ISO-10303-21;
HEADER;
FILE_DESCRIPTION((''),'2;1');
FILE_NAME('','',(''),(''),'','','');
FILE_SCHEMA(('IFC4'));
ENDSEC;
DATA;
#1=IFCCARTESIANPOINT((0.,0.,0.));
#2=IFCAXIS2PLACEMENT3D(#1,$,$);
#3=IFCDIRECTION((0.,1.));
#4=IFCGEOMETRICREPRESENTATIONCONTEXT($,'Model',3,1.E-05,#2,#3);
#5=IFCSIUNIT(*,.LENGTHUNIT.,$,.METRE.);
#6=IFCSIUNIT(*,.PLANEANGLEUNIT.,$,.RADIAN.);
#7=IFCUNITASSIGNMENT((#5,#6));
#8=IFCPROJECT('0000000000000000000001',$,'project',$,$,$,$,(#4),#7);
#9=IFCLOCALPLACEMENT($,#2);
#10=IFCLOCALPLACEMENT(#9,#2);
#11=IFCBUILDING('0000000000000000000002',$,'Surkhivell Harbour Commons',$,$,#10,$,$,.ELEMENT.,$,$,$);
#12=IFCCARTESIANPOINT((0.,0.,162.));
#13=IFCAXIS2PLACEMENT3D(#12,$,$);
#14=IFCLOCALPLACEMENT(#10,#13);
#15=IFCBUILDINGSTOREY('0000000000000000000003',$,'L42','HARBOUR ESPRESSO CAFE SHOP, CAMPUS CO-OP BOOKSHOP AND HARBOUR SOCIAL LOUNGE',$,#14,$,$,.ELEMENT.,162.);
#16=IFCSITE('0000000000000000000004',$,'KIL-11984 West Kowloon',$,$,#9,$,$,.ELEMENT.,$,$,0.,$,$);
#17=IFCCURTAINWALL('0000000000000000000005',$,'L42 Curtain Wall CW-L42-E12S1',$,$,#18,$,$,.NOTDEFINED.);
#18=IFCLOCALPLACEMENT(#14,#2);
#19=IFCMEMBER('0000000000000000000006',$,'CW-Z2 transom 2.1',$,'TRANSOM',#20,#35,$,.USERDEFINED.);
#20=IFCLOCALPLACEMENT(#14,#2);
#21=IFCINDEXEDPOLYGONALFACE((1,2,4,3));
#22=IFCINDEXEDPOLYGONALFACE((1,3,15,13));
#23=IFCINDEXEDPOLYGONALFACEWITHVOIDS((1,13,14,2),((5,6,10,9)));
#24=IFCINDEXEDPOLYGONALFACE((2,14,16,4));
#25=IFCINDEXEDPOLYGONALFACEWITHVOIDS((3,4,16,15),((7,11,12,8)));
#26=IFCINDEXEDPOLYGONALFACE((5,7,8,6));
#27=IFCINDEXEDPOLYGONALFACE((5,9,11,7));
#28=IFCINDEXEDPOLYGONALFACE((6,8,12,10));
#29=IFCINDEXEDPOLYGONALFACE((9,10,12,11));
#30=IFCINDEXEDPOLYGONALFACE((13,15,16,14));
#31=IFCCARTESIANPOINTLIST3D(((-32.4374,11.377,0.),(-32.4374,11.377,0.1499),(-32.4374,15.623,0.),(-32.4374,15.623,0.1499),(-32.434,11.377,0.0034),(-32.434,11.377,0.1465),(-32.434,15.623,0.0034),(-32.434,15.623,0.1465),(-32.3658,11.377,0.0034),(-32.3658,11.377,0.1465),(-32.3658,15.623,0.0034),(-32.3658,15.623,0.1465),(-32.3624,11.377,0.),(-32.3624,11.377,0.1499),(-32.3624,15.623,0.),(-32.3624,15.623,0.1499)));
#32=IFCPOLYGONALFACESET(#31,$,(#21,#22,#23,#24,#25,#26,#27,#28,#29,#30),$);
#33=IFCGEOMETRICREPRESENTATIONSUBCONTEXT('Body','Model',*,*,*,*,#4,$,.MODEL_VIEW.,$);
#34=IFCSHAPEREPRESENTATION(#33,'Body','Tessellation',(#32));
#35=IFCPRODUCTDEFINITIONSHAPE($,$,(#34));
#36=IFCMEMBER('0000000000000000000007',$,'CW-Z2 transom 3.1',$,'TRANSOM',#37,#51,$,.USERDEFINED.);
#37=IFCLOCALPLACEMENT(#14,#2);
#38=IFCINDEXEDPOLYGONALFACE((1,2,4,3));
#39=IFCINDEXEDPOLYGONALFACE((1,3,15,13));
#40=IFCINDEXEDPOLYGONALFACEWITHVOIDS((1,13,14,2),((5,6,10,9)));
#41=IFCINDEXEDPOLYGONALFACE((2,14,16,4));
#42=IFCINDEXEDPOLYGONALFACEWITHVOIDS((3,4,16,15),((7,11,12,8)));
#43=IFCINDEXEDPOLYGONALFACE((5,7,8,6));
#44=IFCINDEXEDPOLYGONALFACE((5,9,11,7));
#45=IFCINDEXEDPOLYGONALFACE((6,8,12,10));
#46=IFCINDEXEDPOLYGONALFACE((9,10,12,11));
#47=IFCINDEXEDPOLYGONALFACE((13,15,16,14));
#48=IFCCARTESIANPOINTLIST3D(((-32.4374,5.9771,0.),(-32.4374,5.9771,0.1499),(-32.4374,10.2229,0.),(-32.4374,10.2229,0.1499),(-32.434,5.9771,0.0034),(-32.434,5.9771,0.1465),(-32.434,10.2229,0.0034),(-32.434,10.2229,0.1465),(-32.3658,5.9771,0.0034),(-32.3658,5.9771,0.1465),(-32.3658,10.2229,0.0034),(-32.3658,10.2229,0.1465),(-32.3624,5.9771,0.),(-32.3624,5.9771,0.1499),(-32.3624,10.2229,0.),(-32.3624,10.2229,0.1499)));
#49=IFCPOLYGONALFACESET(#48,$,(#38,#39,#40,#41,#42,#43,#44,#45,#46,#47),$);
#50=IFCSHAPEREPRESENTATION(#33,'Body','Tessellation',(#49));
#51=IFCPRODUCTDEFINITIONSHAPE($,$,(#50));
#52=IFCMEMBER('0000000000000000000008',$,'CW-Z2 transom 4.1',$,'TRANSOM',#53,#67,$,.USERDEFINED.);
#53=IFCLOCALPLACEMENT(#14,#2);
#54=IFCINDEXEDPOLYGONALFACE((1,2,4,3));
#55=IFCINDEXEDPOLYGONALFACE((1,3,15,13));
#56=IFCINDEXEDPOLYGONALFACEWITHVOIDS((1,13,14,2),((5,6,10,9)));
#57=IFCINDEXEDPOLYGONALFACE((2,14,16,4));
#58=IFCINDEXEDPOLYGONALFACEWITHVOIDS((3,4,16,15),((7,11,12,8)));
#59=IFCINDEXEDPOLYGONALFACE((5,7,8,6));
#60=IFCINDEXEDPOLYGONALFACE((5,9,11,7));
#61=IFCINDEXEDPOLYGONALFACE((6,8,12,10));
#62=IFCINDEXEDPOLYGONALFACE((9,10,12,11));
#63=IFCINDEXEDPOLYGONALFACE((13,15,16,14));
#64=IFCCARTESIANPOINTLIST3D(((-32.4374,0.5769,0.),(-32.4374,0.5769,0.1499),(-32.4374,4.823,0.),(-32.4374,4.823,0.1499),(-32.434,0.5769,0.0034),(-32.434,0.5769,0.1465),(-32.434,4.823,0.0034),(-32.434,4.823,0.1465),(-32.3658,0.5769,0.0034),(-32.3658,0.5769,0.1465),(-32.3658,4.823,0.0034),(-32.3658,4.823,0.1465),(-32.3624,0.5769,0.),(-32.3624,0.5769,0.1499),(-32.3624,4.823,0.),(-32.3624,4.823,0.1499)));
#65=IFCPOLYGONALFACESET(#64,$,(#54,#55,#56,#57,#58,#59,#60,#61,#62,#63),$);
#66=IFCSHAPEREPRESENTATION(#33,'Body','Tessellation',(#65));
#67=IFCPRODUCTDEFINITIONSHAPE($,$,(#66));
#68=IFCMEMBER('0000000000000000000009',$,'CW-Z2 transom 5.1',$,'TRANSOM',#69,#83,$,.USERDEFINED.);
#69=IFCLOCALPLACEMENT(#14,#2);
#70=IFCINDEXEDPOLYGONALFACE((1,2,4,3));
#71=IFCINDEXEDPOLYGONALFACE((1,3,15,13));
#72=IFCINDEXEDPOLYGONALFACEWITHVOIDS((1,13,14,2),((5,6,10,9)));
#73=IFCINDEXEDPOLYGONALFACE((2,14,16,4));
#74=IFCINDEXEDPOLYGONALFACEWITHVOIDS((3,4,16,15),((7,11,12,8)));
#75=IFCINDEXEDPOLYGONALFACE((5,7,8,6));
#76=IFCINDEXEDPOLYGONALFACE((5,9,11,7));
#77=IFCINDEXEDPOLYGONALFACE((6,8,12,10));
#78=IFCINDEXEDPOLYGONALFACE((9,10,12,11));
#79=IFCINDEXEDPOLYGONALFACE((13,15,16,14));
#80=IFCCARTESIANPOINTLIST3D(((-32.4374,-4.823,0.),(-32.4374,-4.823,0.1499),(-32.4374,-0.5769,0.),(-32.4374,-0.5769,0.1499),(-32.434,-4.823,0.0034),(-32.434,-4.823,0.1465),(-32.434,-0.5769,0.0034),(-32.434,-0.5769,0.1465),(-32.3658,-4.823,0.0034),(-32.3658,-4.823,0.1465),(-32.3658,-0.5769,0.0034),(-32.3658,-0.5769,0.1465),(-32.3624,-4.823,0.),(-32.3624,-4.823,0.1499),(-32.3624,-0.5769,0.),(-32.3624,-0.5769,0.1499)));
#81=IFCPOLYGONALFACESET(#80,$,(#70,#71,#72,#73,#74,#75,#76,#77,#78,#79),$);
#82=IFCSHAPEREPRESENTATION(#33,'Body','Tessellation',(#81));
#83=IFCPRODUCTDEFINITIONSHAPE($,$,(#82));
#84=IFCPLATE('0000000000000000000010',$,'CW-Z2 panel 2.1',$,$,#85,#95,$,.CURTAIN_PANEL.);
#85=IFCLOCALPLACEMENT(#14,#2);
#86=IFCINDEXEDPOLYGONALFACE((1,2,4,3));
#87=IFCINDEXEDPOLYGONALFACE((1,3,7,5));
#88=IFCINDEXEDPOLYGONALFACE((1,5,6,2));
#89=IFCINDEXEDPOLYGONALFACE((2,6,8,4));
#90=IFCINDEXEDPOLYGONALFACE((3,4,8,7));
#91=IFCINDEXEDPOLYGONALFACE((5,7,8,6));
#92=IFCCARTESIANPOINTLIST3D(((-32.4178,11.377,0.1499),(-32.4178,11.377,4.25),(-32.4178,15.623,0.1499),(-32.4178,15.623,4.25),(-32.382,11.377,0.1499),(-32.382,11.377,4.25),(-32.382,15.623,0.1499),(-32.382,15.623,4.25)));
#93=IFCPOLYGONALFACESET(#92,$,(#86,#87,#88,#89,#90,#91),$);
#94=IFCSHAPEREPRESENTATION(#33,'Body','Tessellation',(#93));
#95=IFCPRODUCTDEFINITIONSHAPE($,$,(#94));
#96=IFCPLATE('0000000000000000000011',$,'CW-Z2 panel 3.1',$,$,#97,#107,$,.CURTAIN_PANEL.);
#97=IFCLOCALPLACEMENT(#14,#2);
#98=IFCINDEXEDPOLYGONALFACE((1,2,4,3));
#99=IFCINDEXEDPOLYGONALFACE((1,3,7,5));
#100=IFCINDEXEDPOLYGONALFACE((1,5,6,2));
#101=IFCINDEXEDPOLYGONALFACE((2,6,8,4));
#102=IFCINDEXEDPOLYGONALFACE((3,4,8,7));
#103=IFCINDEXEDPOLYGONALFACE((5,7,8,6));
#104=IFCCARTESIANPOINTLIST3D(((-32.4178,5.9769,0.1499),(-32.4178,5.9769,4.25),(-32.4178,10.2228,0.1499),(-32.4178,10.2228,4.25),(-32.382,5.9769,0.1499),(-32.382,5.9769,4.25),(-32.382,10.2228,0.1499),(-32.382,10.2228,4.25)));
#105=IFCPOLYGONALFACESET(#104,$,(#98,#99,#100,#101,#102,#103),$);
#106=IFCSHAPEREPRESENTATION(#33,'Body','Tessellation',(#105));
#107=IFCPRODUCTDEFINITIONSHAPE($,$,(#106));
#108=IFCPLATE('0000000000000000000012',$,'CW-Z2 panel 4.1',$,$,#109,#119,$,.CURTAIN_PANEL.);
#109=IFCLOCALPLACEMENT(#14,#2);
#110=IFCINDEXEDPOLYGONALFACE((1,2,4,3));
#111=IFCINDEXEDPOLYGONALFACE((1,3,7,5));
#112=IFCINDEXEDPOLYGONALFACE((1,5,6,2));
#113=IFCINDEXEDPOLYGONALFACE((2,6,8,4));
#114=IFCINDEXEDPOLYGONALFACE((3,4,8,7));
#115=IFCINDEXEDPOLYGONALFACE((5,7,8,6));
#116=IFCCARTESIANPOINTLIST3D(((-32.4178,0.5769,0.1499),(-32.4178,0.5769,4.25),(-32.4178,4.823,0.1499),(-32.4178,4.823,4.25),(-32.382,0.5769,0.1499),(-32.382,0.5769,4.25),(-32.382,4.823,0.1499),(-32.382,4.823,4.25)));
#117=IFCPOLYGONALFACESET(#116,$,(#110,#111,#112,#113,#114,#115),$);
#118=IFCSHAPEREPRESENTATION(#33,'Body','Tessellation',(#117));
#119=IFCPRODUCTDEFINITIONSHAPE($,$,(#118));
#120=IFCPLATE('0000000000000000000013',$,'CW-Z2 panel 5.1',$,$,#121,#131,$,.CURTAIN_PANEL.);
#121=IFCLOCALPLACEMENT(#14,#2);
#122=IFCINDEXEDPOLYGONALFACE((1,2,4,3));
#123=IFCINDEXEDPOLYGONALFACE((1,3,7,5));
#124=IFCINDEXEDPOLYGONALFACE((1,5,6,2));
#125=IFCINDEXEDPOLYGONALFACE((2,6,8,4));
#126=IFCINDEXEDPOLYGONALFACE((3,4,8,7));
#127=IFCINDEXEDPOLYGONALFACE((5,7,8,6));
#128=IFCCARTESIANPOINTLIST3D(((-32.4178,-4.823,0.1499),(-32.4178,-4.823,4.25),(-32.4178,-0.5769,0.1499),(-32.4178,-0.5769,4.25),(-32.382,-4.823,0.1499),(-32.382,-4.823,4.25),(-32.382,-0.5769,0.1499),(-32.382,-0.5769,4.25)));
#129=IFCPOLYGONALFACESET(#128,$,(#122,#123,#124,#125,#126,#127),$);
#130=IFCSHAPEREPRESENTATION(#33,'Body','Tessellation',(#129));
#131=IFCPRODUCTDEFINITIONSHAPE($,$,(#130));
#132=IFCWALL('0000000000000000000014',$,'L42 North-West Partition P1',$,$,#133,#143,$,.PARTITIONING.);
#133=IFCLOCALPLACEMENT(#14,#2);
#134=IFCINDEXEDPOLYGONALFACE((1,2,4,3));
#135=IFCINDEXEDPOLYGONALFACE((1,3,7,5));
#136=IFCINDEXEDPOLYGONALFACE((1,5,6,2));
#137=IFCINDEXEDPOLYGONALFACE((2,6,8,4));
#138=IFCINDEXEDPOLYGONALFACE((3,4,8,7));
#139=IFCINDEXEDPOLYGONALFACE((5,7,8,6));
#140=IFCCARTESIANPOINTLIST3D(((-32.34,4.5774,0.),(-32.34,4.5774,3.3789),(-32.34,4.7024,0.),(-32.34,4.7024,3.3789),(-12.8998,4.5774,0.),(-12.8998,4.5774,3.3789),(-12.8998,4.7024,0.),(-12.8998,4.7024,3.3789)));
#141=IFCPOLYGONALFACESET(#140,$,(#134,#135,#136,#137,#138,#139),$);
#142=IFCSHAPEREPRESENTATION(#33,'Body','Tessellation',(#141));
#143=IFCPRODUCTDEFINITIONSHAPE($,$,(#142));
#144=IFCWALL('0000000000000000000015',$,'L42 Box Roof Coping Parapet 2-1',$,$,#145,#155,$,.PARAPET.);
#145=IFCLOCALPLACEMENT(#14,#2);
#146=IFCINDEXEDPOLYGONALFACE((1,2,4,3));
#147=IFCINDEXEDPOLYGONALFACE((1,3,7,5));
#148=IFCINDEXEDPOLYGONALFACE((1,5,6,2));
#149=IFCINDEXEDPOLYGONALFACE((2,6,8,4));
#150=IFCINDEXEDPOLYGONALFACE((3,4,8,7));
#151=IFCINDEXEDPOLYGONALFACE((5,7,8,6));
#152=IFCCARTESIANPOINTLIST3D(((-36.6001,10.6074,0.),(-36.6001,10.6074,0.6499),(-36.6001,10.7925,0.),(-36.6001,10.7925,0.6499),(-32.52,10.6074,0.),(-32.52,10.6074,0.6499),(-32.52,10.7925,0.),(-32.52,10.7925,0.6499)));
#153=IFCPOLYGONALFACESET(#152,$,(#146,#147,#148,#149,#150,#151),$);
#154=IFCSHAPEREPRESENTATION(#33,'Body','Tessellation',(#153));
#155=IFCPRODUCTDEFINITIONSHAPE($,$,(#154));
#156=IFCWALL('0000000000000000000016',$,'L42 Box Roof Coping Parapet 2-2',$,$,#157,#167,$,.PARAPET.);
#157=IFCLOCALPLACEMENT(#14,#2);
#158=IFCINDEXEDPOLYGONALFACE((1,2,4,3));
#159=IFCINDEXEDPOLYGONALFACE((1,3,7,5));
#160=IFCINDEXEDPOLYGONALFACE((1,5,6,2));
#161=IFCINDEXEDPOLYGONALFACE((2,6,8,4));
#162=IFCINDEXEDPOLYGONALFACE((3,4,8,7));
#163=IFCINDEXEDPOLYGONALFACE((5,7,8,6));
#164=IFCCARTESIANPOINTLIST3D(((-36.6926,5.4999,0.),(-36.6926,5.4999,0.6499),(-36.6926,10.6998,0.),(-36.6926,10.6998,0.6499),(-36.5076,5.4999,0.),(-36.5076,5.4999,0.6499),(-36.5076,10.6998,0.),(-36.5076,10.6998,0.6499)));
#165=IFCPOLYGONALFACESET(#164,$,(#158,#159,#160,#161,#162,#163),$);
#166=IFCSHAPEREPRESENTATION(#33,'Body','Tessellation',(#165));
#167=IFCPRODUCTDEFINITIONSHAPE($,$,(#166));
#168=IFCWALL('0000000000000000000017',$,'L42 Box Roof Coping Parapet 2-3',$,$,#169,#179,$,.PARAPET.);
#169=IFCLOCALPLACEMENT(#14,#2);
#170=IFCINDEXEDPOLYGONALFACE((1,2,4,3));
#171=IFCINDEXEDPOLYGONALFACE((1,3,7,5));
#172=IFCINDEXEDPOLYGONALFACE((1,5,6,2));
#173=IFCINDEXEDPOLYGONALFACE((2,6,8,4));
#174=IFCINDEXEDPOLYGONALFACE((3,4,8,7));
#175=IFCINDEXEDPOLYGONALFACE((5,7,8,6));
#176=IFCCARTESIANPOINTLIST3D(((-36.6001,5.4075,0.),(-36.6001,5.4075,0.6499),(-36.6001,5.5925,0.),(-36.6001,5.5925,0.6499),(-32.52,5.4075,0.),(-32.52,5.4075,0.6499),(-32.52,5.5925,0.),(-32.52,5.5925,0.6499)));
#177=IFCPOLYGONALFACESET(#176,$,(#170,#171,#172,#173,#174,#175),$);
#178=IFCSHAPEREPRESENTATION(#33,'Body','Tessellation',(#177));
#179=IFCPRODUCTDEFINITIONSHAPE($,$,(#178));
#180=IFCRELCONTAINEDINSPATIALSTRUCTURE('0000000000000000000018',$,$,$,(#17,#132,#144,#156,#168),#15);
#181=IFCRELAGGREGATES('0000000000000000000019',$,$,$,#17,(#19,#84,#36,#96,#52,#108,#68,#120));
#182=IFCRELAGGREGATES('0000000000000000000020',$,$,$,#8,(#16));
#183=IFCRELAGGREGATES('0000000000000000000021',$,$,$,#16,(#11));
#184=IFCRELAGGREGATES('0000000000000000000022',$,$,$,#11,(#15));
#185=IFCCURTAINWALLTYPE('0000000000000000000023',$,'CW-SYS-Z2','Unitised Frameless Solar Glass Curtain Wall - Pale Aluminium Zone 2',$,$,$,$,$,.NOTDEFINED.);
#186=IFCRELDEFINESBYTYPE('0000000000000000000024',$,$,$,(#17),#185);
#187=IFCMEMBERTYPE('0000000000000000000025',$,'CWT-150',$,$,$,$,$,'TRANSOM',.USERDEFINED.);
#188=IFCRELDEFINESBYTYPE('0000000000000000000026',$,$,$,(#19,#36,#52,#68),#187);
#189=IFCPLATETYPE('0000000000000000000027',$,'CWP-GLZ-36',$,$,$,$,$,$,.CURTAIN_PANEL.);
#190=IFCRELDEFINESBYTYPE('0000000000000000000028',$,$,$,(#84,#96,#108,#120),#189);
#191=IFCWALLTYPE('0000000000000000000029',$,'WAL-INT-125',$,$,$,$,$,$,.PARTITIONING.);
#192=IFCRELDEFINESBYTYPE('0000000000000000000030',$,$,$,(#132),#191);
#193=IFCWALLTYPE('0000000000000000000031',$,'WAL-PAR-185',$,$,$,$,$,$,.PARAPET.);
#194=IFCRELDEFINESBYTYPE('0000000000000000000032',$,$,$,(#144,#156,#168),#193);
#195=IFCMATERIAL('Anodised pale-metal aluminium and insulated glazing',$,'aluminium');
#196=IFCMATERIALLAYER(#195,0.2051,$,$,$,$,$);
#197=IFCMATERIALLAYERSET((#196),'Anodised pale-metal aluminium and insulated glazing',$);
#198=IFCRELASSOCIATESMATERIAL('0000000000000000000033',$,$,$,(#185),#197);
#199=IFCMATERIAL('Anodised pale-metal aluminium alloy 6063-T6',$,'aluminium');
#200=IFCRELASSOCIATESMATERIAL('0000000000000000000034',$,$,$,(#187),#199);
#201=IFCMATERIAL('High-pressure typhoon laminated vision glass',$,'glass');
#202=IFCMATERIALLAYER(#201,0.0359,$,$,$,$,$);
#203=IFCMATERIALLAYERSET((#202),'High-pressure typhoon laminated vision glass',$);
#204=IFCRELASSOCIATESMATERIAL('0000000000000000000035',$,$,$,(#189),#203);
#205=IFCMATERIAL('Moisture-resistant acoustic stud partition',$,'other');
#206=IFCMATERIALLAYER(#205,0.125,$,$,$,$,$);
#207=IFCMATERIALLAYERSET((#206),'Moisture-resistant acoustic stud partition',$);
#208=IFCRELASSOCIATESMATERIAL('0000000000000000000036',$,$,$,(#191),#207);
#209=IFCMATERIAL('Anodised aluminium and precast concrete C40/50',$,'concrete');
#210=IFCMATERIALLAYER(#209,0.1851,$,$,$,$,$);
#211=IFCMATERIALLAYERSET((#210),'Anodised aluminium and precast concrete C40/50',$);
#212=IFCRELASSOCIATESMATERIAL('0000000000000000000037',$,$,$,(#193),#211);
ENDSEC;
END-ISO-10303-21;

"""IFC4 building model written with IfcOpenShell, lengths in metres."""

from ifc_helpers import new_model, si_unit, direction, frame, frame_2d, origin, origin_2d, place, context, subcontext, project, spatial, rectangle, hollow_rectangle, extrude, material, layer, layer_set, material_profile, profile_set, type_object, element, aggregate, save


model = new_model("IFC4")

# Units and contexts
model_context = context("Model", 3, precision=1e-05, world=origin(), true_north=direction((0.0, 1.0)))
body_context = subcontext(model_context, "Body", "Model", "MODEL_VIEW")
ifc_project = project(units=[si_unit("LENGTHUNIT", "METRE"), si_unit("PLANEANGLEUNIT", "RADIAN")], contexts=[model_context])

# Site, building, storey
site_placement = place(None, origin())
site = spatial("IfcSite", under=ifc_project, at=site_placement, Name="KIL-11984 West Kowloon", CompositionType="ELEMENT", RefElevation=0.0)
building_placement = place(site_placement, origin())
building = spatial("IfcBuilding", under=site, at=building_placement, Name="Surkhivell Harbour Commons", CompositionType="ELEMENT")
storey_placement = place(building_placement, frame((0.0, 0.0, 162.0)))
storey = spatial("IfcBuildingStorey", under=building, at=storey_placement, Name="L42", Description="HARBOUR ESPRESSO CAFE SHOP, CAMPUS CO-OP BOOKSHOP AND HARBOUR SOCIAL LOUNGE", CompositionType="ELEMENT", Elevation=162.0)

# Curtain wall, members, plates
ifc_material_1 = material(Name="Anodised pale-metal aluminium and insulated glazing", Category="aluminium")
ifc_layer_1 = layer(ifc_material_1, 0.2051)
ifc_layer_set_1 = layer_set([ifc_layer_1], Name="Anodised pale-metal aluminium and insulated glazing")
curtain_wall_type = type_object("IfcCurtainWallType", Name="CW-SYS-Z2", Description="Unitised Frameless Solar Glass Curtain Wall - Pale Aluminium Zone 2", PredefinedType="NOTDEFINED", material=ifc_layer_set_1)
curtain_wall_placement = place(storey_placement, origin())
curtain_wall = element("IfcCurtainWall", 1, at=curtain_wall_placement, inside=storey, type_object=curtain_wall_type, Name="L42 Curtain Wall CW-L42-E12S1", PredefinedType="NOTDEFINED")
ifc_material_2 = material(Name="Anodised pale-metal aluminium alloy 6063-T6", Category="aluminium")
ifc_material_profile_1 = material_profile(ifc_material_2, hollow_rectangle(XDim=0.075, YDim=0.1499, WallThickness=0.0034, at=origin_2d()), Name="ALU-TRAN-75x150")
ifc_profile_set_1 = profile_set([ifc_material_profile_1], Name="Anodised pale-metal aluminium alloy 6063-T6")
member_type_1 = type_object("IfcMemberType", Name="CWT-150", ElementType="TRANSOM", PredefinedType="USERDEFINED", material=ifc_profile_set_1)
member_1_placement = place(storey_placement, frame((-32.3999, 15.623, 0.075), z_axis=(0.0, -1.0, 0.0), x_axis=(1.0, 0.0, 0.0)))
member_1 = element("IfcMember", 2, at=member_1_placement, type_object=member_type_1, Name="CW-Z2 transom 2.1", ObjectType="TRANSOM", PredefinedType="USERDEFINED", context=body_context, shape_type="SweptSolid", body=[
    extrude(hollow_rectangle(XDim=0.075, YDim=0.1499, WallThickness=0.0034, at=origin_2d()), origin(), (0.0, 0.0, 1.0), 4.2461),
])
member_2_placement = place(storey_placement, frame((-32.3999, 10.2229, 0.075), z_axis=(0.0, -1.0, 0.0), x_axis=(1.0, 0.0, 0.0)))
member_2 = element("IfcMember", 3, at=member_2_placement, type_object=member_type_1, Name="CW-Z2 transom 3.1", ObjectType="TRANSOM", PredefinedType="USERDEFINED", context=body_context, shape_type="SweptSolid", body=[
    extrude(hollow_rectangle(XDim=0.075, YDim=0.1499, WallThickness=0.0034, at=origin_2d()), origin(), (0.0, 0.0, 1.0), 4.2458),
])
member_3_placement = place(storey_placement, frame((-32.3999, 4.823, 0.075), z_axis=(0.0, -1.0, 0.0), x_axis=(1.0, 0.0, 0.0)))
member_3 = element("IfcMember", 4, at=member_3_placement, type_object=member_type_1, Name="CW-Z2 transom 4.1", ObjectType="TRANSOM", PredefinedType="USERDEFINED", context=body_context, shape_type="SweptSolid", body=[
    extrude(hollow_rectangle(XDim=0.075, YDim=0.1499, WallThickness=0.0034, at=origin_2d()), origin(), (0.0, 0.0, 1.0), 4.2461),
])
member_4_placement = place(storey_placement, frame((-32.3999, -0.5769, 0.075), z_axis=(0.0, -1.0, 0.0), x_axis=(1.0, 0.0, 0.0)))
member_4 = element("IfcMember", 5, at=member_4_placement, type_object=member_type_1, Name="CW-Z2 transom 5.1", ObjectType="TRANSOM", PredefinedType="USERDEFINED", context=body_context, shape_type="SweptSolid", body=[
    extrude(hollow_rectangle(XDim=0.075, YDim=0.1499, WallThickness=0.0034, at=origin_2d()), origin(), (0.0, 0.0, 1.0), 4.2461),
])
ifc_material_3 = material(Name="High-pressure typhoon laminated vision glass", Category="glass")
ifc_layer_2 = layer(ifc_material_3, 0.0359)
ifc_layer_set_2 = layer_set([ifc_layer_2], Name="High-pressure typhoon laminated vision glass")
plate_type = type_object("IfcPlateType", Name="CWP-GLZ-36", PredefinedType="CURTAIN_PANEL", material=ifc_layer_set_2)
plate_1_placement = place(storey_placement, frame((-32.3999, 15.623, 0.1499), z_axis=(0.0, 0.0, 1.0), x_axis=(0.0, -1.0, 0.0)))
plate_1 = element("IfcPlate", 6, at=plate_1_placement, type_object=plate_type, Name="CW-Z2 panel 2.1", PredefinedType="CURTAIN_PANEL", context=body_context, shape_type="SweptSolid", body=[
    extrude(rectangle(XDim=4.2461, YDim=0.0359, at=frame_2d((2.123, 0.0))), origin(), (0.0, 0.0, 1.0), 4.1001),
])
plate_2_placement = place(storey_placement, frame((-32.3999, 10.2229, 0.1499), z_axis=(0.0, 0.0, 1.0), x_axis=(0.0, -1.0, 0.0)))
plate_2 = element("IfcPlate", 7, at=plate_2_placement, type_object=plate_type, Name="CW-Z2 panel 3.1", PredefinedType="CURTAIN_PANEL", context=body_context, shape_type="SweptSolid", body=[
    extrude(rectangle(XDim=4.2458, YDim=0.0359, at=frame_2d((2.123, 0.0))), origin(), (0.0, 0.0, 1.0), 4.1001),
])
plate_3_placement = place(storey_placement, frame((-32.3999, 4.823, 0.1499), z_axis=(0.0, 0.0, 1.0), x_axis=(0.0, -1.0, 0.0)))
plate_3 = element("IfcPlate", 8, at=plate_3_placement, type_object=plate_type, Name="CW-Z2 panel 4.1", PredefinedType="CURTAIN_PANEL", context=body_context, shape_type="SweptSolid", body=[
    extrude(rectangle(XDim=4.2461, YDim=0.0359, at=frame_2d((2.123, 0.0))), origin(), (0.0, 0.0, 1.0), 4.1001),
])
plate_4_placement = place(storey_placement, frame((-32.3999, -0.5769, 0.1499), z_axis=(0.0, 0.0, 1.0), x_axis=(0.0, -1.0, 0.0)))
plate_4 = element("IfcPlate", 9, at=plate_4_placement, type_object=plate_type, Name="CW-Z2 panel 5.1", PredefinedType="CURTAIN_PANEL", context=body_context, shape_type="SweptSolid", body=[
    extrude(rectangle(XDim=4.2461, YDim=0.0359, at=frame_2d((2.123, 0.0))), origin(), (0.0, 0.0, 1.0), 4.1001),
])
aggregate(curtain_wall, [member_1, plate_1, member_2, plate_2, member_3, plate_3, member_4, plate_4])

# Walls
ifc_material_4 = material(Name="Moisture-resistant acoustic stud partition", Category="other")
ifc_layer_3 = layer(ifc_material_4, 0.125)
ifc_layer_set_3 = layer_set([ifc_layer_3], Name="Moisture-resistant acoustic stud partition")
wall_type_1 = type_object("IfcWallType", Name="WAL-INT-125", PredefinedType="PARTITIONING", material=ifc_layer_set_3)
wall_1_placement = place(storey_placement, frame((-32.3401, 4.6399, 0.0), z_axis=(0.0, 0.0, 1.0), x_axis=(1.0, 0.0, 0.0)))
element("IfcWall", 10, at=wall_1_placement, inside=storey, type_object=wall_type_1, Name="L42 North-West Partition P1", PredefinedType="PARTITIONING", context=body_context, shape_type="SweptSolid", body=[
    extrude(rectangle(XDim=19.4402, YDim=0.125, at=frame_2d((9.7202, 0.0))), origin(), (0.0, 0.0, 1.0), 3.3789),
])
ifc_material_5 = material(Name="Anodised aluminium and precast concrete C40/50", Category="concrete")
ifc_layer_4 = layer(ifc_material_5, 0.1851)
ifc_layer_set_4 = layer_set([ifc_layer_4], Name="Anodised aluminium and precast concrete C40/50")
wall_type_2 = type_object("IfcWallType", Name="WAL-PAR-185", PredefinedType="PARAPET", material=ifc_layer_set_4)
wall_2_placement = place(storey_placement, frame((-32.52, 10.7, 0.0), z_axis=(0.0, 0.0, 1.0), x_axis=(-1.0, 0.0, 0.0)))
element("IfcWall", 11, at=wall_2_placement, inside=storey, type_object=wall_type_2, Name="L42 Box Roof Coping Parapet 2-1", PredefinedType="PARAPET", context=body_context, shape_type="SweptSolid", body=[
    extrude(rectangle(XDim=4.0801, YDim=0.1851, at=frame_2d((2.04, 0.0))), origin(), (0.0, 0.0, 1.0), 0.6499),
])
wall_3_placement = place(storey_placement, frame((-36.6001, 10.7, 0.0), z_axis=(0.0, 0.0, 1.0), x_axis=(0.0, -1.0, 0.0)))
element("IfcWall", 12, at=wall_3_placement, inside=storey, type_object=wall_type_2, Name="L42 Box Roof Coping Parapet 2-2", PredefinedType="PARAPET", context=body_context, shape_type="SweptSolid", body=[
    extrude(rectangle(XDim=5.2, YDim=0.1851, at=frame_2d((2.6001, 0.0))), origin(), (0.0, 0.0, 1.0), 0.6499),
])
wall_4_placement = place(storey_placement, frame((-36.6001, 5.5, 0.0), z_axis=(0.0, 0.0, 1.0), x_axis=(1.0, 0.0, 0.0)))
element("IfcWall", 13, at=wall_4_placement, inside=storey, type_object=wall_type_2, Name="L42 Box Roof Coping Parapet 2-3", PredefinedType="PARAPET", context=body_context, shape_type="SweptSolid", body=[
    extrude(rectangle(XDim=4.0801, YDim=0.1851, at=frame_2d((2.04, 0.0))), origin(), (0.0, 0.0, 1.0), 0.6499),
])

save(model, "model.ifc")
